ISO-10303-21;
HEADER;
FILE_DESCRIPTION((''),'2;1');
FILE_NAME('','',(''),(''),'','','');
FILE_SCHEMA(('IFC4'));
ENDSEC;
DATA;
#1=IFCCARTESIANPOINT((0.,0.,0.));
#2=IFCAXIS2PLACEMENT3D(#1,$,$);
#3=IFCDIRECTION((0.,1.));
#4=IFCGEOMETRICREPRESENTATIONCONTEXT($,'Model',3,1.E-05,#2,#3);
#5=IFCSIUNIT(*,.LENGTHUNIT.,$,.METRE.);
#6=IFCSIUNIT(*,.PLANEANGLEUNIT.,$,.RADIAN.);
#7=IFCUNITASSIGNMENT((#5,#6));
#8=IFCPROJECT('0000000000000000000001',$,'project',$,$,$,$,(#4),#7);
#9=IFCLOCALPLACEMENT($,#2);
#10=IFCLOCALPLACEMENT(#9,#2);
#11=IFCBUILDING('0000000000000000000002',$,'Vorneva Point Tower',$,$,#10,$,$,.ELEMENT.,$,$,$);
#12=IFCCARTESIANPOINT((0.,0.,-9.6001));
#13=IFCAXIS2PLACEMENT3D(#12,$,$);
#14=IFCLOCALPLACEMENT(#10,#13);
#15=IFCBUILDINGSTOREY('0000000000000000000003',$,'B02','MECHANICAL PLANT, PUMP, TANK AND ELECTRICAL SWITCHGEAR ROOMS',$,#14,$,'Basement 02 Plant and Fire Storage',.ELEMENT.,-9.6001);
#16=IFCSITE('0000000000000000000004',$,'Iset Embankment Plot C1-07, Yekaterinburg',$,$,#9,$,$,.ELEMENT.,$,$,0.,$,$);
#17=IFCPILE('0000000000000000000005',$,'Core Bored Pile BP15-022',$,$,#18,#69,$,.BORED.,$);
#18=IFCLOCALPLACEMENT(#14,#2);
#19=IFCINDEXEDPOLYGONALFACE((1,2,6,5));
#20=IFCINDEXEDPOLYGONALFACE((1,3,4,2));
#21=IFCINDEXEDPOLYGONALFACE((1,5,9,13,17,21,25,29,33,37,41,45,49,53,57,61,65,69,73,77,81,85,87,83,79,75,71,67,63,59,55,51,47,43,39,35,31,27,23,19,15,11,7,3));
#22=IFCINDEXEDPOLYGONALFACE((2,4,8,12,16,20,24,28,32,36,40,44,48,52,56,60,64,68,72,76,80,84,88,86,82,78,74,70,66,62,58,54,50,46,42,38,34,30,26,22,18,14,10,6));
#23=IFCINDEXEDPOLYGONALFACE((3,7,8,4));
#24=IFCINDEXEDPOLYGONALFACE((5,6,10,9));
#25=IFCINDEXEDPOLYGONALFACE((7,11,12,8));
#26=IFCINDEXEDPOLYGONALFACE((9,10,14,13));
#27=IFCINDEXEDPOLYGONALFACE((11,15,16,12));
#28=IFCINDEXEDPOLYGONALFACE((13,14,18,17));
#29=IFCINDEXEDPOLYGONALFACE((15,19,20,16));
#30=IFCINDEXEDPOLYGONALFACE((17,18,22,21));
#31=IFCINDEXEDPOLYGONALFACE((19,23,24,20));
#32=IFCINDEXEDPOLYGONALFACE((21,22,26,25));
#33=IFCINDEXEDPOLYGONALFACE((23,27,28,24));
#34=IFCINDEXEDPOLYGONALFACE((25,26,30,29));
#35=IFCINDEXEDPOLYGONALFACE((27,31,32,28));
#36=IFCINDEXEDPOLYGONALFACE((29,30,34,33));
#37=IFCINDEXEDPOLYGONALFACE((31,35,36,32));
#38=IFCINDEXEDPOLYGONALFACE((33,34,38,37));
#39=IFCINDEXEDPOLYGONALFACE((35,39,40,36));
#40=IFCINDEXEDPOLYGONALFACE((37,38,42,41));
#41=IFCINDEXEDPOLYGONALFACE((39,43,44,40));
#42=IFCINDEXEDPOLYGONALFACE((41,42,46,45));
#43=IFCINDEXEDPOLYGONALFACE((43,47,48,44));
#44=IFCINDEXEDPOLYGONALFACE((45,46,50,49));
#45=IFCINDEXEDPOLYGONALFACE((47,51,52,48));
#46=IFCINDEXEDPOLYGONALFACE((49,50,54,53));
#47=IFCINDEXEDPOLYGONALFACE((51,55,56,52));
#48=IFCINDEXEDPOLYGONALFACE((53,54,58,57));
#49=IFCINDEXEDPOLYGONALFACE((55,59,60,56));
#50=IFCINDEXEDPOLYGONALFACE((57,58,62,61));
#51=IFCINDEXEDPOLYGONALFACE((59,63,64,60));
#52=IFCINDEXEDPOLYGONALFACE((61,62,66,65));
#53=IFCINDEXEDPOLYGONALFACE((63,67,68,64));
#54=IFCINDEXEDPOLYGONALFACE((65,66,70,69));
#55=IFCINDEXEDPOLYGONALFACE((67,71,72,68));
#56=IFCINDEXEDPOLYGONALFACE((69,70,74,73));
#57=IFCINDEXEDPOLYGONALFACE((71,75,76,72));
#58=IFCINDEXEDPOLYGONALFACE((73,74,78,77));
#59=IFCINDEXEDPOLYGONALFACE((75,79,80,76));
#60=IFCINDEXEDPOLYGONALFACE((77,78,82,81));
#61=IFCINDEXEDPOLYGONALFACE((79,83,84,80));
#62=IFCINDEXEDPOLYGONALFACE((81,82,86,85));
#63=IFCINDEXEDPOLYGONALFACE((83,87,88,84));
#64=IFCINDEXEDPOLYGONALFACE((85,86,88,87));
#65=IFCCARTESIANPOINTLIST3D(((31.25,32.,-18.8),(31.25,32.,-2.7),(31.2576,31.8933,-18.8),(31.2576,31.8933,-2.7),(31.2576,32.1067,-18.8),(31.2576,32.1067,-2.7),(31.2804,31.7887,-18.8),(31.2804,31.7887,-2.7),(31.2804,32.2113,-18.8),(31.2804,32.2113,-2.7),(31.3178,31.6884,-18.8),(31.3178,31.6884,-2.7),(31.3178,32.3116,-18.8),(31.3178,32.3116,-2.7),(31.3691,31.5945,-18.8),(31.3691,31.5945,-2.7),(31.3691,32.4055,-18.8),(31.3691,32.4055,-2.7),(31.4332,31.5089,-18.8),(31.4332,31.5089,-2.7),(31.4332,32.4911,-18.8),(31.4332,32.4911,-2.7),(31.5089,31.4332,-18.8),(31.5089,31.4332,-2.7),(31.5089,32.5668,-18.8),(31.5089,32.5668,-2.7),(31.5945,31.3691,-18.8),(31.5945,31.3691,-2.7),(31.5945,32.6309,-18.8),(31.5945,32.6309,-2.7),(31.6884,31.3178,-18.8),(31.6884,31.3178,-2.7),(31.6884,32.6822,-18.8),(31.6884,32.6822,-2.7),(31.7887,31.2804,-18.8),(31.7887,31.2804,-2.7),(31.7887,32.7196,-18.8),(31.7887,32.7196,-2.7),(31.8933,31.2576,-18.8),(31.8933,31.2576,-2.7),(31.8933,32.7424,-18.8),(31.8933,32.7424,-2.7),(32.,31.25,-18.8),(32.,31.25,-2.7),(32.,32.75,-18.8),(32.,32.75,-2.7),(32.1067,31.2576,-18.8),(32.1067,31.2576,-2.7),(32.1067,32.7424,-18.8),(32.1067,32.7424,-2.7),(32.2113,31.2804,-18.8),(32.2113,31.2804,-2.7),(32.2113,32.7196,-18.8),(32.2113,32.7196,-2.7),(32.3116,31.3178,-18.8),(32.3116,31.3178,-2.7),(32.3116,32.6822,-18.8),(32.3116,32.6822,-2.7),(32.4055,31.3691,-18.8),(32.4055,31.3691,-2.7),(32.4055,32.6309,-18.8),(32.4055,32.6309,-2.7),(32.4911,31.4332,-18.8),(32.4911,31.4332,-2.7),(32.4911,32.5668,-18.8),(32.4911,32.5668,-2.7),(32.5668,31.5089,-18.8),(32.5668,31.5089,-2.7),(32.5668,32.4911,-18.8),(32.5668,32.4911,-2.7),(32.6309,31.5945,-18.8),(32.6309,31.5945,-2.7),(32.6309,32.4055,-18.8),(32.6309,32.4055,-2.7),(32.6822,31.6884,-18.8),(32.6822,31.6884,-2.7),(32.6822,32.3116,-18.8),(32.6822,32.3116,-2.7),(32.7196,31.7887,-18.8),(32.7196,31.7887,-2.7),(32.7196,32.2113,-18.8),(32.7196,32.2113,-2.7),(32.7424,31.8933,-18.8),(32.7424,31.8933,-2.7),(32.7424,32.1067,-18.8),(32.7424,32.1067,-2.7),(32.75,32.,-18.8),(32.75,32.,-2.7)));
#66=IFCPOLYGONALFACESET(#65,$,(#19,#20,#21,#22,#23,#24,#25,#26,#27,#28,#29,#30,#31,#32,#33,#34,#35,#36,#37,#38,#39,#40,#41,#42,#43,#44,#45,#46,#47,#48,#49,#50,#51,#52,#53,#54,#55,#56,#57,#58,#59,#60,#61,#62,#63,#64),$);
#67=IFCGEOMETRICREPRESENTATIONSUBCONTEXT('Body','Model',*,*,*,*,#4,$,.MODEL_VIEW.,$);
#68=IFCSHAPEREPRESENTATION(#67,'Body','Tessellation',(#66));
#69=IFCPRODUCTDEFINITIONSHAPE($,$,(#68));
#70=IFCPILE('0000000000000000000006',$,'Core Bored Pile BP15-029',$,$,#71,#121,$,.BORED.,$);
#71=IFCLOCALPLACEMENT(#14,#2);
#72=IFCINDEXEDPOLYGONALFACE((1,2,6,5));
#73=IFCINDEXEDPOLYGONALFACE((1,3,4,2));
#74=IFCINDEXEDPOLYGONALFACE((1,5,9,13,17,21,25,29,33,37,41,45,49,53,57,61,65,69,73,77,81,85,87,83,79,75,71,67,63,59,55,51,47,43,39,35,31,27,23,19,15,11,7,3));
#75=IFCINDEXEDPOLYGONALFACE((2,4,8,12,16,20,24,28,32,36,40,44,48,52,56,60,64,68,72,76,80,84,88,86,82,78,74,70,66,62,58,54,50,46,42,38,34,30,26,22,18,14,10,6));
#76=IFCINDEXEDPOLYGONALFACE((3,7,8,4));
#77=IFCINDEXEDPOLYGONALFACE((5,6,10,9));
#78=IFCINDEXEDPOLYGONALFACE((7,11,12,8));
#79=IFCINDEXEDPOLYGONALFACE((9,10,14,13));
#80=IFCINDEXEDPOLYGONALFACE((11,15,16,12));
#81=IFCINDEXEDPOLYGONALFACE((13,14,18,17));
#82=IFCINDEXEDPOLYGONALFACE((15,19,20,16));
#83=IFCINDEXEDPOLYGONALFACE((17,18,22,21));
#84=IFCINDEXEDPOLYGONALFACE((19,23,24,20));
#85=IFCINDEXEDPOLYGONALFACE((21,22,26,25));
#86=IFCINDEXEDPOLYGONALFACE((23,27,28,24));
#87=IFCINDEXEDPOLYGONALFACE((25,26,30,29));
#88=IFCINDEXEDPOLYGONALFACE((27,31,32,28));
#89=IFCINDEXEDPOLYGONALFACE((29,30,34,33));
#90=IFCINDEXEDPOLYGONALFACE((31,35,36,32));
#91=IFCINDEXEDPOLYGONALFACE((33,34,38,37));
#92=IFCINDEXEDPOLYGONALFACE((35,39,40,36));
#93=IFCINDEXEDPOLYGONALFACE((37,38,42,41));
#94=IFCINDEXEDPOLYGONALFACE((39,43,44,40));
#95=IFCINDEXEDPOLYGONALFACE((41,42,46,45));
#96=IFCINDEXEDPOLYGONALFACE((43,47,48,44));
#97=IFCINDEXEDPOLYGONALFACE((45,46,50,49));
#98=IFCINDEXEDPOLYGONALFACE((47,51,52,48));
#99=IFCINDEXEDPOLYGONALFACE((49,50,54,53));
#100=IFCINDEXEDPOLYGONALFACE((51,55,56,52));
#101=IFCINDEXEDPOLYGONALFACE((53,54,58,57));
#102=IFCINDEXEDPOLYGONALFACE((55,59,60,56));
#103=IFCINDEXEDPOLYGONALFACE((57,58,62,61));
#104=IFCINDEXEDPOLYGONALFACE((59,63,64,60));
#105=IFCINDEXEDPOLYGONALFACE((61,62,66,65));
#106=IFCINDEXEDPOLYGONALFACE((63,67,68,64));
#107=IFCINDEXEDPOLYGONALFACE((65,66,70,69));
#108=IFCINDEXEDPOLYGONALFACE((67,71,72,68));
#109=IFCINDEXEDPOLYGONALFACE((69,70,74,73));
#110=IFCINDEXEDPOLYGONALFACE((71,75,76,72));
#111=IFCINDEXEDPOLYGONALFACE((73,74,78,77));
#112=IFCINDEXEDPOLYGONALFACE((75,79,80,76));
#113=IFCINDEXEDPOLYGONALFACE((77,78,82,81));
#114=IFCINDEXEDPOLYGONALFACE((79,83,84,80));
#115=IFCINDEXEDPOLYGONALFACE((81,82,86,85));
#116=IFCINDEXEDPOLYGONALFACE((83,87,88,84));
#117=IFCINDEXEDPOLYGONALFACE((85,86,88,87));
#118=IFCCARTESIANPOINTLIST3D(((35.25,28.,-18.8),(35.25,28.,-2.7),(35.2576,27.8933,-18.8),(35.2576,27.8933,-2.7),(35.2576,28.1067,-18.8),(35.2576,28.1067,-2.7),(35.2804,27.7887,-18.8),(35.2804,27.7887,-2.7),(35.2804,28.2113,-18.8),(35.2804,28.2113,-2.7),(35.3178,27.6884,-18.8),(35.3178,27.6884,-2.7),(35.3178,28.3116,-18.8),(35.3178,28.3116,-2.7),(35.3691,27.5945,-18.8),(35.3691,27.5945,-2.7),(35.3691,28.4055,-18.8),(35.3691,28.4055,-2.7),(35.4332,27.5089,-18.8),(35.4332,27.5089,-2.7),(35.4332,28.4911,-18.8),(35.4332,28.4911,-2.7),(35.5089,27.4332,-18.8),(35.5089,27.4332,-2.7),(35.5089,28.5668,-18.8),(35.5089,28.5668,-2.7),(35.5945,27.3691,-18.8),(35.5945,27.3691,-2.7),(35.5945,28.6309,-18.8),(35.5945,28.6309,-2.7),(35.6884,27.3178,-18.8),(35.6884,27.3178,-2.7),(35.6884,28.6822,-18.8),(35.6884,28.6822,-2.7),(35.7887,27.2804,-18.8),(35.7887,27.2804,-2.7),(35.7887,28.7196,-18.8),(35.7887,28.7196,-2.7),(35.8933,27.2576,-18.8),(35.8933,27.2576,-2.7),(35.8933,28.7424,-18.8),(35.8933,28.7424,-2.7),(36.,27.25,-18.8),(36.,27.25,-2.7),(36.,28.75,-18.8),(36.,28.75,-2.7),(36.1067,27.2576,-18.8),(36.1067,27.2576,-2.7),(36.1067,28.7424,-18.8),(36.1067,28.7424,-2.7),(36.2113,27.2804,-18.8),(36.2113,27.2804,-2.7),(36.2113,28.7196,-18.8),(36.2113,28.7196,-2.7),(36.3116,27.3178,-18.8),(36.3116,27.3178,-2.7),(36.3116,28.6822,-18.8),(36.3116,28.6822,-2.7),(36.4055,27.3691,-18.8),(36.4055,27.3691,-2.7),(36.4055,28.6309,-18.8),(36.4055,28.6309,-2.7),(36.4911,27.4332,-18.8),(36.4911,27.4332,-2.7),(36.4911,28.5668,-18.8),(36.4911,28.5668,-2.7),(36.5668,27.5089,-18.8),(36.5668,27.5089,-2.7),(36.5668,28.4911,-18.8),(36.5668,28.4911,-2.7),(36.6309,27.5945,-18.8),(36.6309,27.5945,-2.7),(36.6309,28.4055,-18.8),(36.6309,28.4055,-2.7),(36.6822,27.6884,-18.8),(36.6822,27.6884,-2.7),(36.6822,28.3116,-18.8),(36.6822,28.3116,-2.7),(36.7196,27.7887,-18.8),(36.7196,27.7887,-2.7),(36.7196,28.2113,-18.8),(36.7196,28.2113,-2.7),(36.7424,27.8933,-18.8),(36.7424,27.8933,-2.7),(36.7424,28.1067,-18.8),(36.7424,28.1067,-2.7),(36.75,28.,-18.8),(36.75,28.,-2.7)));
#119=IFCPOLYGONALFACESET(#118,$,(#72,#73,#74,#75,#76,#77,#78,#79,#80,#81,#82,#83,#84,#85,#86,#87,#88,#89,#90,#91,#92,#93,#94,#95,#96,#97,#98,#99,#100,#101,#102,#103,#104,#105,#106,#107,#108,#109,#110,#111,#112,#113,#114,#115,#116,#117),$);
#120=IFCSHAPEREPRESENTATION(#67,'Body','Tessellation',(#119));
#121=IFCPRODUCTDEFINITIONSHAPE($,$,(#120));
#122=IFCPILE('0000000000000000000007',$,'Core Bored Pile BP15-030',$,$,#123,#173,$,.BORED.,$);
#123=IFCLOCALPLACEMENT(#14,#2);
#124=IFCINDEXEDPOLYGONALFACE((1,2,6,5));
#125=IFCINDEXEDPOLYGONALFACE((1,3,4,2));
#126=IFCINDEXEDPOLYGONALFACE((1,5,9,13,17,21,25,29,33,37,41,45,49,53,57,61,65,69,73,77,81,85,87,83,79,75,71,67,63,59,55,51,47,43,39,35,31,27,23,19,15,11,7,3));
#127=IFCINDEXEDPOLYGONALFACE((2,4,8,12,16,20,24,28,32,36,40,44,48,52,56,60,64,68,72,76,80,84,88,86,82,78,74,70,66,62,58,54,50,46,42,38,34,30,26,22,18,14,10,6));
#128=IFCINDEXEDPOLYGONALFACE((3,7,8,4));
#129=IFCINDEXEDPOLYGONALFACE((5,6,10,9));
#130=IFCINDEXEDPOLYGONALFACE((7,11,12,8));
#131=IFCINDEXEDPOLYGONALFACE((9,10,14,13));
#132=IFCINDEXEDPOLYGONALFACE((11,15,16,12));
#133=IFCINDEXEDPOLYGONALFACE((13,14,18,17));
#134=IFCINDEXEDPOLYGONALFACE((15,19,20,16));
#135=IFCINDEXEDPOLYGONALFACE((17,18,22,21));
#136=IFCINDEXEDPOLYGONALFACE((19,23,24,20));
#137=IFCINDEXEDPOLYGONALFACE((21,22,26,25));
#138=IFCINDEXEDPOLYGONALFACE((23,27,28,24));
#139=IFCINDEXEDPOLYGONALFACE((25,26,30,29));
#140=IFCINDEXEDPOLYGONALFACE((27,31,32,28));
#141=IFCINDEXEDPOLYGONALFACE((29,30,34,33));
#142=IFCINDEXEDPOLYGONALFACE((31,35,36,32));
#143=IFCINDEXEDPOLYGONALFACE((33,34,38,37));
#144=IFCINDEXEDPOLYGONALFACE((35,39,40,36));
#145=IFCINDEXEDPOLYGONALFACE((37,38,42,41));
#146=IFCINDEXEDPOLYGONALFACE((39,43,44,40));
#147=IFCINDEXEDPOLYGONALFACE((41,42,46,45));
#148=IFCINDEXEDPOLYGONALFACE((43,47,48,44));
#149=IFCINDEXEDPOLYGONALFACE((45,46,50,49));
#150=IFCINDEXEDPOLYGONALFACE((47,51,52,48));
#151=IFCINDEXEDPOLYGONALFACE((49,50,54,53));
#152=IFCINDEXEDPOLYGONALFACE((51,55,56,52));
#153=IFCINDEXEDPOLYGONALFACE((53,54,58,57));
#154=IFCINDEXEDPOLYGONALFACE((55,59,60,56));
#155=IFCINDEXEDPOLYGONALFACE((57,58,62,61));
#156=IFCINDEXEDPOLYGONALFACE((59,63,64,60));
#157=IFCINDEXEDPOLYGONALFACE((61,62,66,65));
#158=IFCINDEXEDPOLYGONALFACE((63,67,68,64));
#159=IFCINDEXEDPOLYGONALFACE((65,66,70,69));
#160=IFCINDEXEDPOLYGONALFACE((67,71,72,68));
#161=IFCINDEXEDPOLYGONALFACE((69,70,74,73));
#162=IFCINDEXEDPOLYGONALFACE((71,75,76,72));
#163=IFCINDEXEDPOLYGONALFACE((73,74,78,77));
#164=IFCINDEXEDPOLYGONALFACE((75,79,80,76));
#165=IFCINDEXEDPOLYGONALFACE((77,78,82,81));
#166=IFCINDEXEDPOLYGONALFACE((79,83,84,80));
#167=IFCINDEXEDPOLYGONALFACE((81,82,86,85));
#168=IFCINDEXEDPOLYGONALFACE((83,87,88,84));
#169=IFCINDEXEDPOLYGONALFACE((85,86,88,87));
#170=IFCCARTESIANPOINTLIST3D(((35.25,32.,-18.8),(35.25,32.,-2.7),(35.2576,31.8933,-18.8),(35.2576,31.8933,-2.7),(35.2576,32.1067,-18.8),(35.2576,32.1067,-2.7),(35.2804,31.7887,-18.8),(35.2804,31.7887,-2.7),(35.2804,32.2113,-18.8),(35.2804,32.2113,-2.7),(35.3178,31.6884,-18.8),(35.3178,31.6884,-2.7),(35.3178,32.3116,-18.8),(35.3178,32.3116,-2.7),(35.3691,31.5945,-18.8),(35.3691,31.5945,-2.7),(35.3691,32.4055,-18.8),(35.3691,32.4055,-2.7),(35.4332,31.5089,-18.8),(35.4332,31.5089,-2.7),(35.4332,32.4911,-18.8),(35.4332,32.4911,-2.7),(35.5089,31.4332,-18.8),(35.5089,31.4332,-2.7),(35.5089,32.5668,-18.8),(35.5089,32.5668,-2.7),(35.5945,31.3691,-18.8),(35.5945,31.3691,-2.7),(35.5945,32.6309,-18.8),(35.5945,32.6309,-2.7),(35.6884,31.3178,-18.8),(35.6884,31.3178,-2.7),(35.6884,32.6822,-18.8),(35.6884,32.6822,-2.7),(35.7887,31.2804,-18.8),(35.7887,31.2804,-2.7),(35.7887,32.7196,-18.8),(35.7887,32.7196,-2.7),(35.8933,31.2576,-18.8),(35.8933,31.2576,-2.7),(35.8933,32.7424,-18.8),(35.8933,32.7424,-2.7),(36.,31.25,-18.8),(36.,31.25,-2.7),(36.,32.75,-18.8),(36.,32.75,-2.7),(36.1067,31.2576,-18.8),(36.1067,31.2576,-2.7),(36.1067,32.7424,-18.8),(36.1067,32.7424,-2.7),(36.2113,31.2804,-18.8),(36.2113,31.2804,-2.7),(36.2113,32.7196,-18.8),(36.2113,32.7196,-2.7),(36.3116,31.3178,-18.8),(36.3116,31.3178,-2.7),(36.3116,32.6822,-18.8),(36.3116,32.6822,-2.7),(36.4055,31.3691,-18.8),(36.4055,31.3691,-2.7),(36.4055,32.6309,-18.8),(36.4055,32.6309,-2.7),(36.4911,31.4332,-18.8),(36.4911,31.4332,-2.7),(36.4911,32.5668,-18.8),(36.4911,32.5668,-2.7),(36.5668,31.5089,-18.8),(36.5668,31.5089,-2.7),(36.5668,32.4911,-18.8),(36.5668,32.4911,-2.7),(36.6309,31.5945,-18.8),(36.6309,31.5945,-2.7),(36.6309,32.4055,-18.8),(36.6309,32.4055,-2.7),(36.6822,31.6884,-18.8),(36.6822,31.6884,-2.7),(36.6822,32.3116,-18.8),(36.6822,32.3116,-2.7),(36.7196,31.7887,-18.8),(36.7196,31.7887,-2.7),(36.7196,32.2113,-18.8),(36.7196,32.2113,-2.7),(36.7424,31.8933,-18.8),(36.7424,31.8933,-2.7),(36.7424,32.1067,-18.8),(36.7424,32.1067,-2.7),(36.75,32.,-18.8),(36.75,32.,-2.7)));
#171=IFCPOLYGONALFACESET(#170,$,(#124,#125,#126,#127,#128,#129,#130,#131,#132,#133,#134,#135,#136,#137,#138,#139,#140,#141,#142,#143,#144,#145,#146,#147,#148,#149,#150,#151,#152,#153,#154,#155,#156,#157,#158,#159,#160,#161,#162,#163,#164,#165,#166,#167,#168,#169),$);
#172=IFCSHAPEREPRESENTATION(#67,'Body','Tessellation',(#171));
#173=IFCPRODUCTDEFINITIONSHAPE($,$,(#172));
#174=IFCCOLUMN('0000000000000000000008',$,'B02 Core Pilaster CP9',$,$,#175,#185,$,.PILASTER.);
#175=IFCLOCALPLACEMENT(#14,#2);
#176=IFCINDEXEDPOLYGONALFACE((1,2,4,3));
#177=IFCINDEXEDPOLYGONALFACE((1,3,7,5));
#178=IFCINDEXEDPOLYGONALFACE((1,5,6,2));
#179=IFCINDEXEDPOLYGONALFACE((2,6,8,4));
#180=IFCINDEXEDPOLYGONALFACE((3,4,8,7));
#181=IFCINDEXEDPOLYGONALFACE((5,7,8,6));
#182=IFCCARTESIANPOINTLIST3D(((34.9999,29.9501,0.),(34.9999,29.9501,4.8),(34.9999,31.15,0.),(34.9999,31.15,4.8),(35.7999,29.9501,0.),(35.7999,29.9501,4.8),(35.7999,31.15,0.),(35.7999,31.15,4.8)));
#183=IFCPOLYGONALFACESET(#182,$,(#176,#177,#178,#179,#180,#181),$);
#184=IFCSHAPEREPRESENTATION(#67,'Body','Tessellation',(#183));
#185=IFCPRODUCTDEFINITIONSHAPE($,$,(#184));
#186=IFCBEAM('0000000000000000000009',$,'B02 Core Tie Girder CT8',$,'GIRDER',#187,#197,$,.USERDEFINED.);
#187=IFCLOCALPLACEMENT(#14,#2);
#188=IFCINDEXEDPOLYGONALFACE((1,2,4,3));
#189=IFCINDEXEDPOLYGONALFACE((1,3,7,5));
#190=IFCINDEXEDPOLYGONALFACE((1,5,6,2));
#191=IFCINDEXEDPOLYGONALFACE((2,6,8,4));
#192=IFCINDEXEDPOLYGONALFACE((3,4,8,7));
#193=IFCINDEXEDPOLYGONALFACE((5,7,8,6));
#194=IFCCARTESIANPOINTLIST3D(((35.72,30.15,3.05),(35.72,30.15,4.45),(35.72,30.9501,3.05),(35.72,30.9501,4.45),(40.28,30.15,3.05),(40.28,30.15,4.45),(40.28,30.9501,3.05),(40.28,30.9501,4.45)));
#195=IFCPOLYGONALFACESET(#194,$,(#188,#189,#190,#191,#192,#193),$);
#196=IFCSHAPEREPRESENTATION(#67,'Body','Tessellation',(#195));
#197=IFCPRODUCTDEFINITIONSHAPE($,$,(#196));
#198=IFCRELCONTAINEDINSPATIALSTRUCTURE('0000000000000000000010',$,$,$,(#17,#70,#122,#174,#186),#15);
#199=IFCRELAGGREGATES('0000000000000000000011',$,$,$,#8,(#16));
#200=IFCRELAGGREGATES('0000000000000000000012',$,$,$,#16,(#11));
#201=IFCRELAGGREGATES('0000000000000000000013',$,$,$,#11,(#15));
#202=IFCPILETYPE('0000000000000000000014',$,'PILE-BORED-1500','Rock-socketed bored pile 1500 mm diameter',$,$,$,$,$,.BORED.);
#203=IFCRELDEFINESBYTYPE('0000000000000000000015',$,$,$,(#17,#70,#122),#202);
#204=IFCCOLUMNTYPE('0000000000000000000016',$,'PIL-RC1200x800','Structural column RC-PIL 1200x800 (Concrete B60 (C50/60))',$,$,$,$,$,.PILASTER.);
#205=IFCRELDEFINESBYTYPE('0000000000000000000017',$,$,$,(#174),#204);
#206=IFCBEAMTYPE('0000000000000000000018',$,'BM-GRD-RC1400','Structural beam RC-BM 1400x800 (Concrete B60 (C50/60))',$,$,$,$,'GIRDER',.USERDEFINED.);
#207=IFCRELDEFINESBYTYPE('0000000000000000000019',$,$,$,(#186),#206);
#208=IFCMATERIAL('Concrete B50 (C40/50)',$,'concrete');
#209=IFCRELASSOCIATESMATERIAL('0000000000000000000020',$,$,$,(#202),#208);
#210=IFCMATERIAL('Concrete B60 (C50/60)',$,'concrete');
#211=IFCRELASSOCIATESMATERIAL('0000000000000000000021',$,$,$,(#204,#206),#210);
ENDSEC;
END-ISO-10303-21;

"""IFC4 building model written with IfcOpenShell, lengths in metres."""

from ifc_helpers import new_model, si_unit, direction, frame, origin, origin_2d, place, context, subcontext, project, spatial, rectangle, circle, extrude, material, material_profile, profile_set, type_object, element, save


model = new_model("IFC4")

# Units and contexts
model_context = context("Model", 3, precision=1e-05, world=origin(), true_north=direction((0.0, 1.0)))
body_context = subcontext(model_context, "Body", "Model", "MODEL_VIEW")
ifc_project = project(units=[si_unit("LENGTHUNIT", "METRE"), si_unit("PLANEANGLEUNIT", "RADIAN")], contexts=[model_context])

# Site, building, storey
site_placement = place(None, origin())
site = spatial("IfcSite", under=ifc_project, at=site_placement, Name="Iset Embankment Plot C1-07, Yekaterinburg", CompositionType="ELEMENT", RefElevation=0.0)
building_placement = place(site_placement, origin())
building = spatial("IfcBuilding", under=site, at=building_placement, Name="Vorneva Point Tower", CompositionType="ELEMENT")
storey_placement = place(building_placement, frame((0.0, 0.0, -9.6001)))
storey = spatial("IfcBuildingStorey", under=building, at=storey_placement, Name="B02", Description="MECHANICAL PLANT, PUMP, TANK AND ELECTRICAL SWITCHGEAR ROOMS", LongName="Basement 02 Plant and Fire Storage", CompositionType="ELEMENT", Elevation=-9.6001)

# Piles
ifc_material_1 = material(Name="Concrete B50 (C40/50)", Category="concrete")
ifc_material_profile_1 = material_profile(ifc_material_1, circle(Radius=0.75, at=origin_2d()), Name="PILE-1500")
ifc_profile_set_1 = profile_set([ifc_material_profile_1], Name="Concrete B50 (C40/50)")
pile_type = type_object("IfcPileType", Name="PILE-BORED-1500", Description="Rock-socketed bored pile 1500 mm diameter", PredefinedType="BORED", material=ifc_profile_set_1)
for number, where, z_axis, x_axis, name in (
    (1, (32.0, 32.0, -2.7), (0.0, 0.0, -1.0), (1.0, 0.0, 0.0), "Core Bored Pile BP15-022"),
    (2, (36.0, 28.0, -2.7), (0.0, 0.0, -1.0), (1.0, 0.0, 0.0), "Core Bored Pile BP15-029"),
    (3, (36.0, 32.0, -2.7), (0.0, 0.0, -1.0), (1.0, 0.0, 0.0), "Core Bored Pile BP15-030"),
):
    element("IfcPile", number, at=place(storey_placement, frame(where, z_axis=z_axis, x_axis=x_axis)), inside=storey, type_object=pile_type, Name=name, PredefinedType="BORED", context=body_context, shape_type="SweptSolid", body=[
        extrude(circle(Radius=0.75, at=origin_2d()), origin(), (0.0, 0.0, 1.0), 16.1001),
    ])

# Column
ifc_material_2 = material(Name="Concrete B60 (C50/60)", Category="concrete")
ifc_material_profile_2 = material_profile(ifc_material_2, rectangle(XDim=0.8, YDim=1.2, at=origin_2d()), Name="RC-PIL 1200x800")
ifc_profile_set_2 = profile_set([ifc_material_profile_2], Name="Concrete B60 (C50/60)")
column_type = type_object("IfcColumnType", Name="PIL-RC1200x800", Description="Structural column RC-PIL 1200x800 (Concrete B60 (C50/60))", PredefinedType="PILASTER", material=ifc_profile_set_2)
column_placement = place(storey_placement, frame((35.3999, 30.55, 0.0), z_axis=(0.0, 0.0, 1.0), x_axis=(1.0, 0.0, 0.0)))
element("IfcColumn", 4, at=column_placement, inside=storey, type_object=column_type, Name="B02 Core Pilaster CP9", PredefinedType="PILASTER", context=body_context, shape_type="SweptSolid", body=[
    extrude(rectangle(XDim=0.8, YDim=1.2, at=origin_2d()), origin(), (0.0, 0.0, 1.0), 4.8),
])

# Beam
ifc_material_profile_3 = material_profile(ifc_material_2, rectangle(XDim=0.8, YDim=1.3999, at=origin_2d()), Name="RC-BM 1400x800")
ifc_profile_set_3 = profile_set([ifc_material_profile_3], Name="Concrete B60 (C50/60)")
beam_type = type_object("IfcBeamType", Name="BM-GRD-RC1400", Description="Structural beam RC-BM 1400x800 (Concrete B60 (C50/60))", ElementType="GIRDER", PredefinedType="USERDEFINED", material=ifc_profile_set_3)
beam_placement = place(storey_placement, frame((35.72, 30.55, 3.75), z_axis=(1.0, 0.0, 0.0), x_axis=(0.0, 1.0, 0.0)))
element("IfcBeam", 5, at=beam_placement, inside=storey, type_object=beam_type, Name="B02 Core Tie Girder CT8", ObjectType="GIRDER", PredefinedType="USERDEFINED", context=body_context, shape_type="SweptSolid", body=[
    extrude(rectangle(XDim=0.8, YDim=1.3999, at=origin_2d()), origin(), (0.0, 0.0, 1.0), 4.5601),
])

save(model, "model.ifc")
